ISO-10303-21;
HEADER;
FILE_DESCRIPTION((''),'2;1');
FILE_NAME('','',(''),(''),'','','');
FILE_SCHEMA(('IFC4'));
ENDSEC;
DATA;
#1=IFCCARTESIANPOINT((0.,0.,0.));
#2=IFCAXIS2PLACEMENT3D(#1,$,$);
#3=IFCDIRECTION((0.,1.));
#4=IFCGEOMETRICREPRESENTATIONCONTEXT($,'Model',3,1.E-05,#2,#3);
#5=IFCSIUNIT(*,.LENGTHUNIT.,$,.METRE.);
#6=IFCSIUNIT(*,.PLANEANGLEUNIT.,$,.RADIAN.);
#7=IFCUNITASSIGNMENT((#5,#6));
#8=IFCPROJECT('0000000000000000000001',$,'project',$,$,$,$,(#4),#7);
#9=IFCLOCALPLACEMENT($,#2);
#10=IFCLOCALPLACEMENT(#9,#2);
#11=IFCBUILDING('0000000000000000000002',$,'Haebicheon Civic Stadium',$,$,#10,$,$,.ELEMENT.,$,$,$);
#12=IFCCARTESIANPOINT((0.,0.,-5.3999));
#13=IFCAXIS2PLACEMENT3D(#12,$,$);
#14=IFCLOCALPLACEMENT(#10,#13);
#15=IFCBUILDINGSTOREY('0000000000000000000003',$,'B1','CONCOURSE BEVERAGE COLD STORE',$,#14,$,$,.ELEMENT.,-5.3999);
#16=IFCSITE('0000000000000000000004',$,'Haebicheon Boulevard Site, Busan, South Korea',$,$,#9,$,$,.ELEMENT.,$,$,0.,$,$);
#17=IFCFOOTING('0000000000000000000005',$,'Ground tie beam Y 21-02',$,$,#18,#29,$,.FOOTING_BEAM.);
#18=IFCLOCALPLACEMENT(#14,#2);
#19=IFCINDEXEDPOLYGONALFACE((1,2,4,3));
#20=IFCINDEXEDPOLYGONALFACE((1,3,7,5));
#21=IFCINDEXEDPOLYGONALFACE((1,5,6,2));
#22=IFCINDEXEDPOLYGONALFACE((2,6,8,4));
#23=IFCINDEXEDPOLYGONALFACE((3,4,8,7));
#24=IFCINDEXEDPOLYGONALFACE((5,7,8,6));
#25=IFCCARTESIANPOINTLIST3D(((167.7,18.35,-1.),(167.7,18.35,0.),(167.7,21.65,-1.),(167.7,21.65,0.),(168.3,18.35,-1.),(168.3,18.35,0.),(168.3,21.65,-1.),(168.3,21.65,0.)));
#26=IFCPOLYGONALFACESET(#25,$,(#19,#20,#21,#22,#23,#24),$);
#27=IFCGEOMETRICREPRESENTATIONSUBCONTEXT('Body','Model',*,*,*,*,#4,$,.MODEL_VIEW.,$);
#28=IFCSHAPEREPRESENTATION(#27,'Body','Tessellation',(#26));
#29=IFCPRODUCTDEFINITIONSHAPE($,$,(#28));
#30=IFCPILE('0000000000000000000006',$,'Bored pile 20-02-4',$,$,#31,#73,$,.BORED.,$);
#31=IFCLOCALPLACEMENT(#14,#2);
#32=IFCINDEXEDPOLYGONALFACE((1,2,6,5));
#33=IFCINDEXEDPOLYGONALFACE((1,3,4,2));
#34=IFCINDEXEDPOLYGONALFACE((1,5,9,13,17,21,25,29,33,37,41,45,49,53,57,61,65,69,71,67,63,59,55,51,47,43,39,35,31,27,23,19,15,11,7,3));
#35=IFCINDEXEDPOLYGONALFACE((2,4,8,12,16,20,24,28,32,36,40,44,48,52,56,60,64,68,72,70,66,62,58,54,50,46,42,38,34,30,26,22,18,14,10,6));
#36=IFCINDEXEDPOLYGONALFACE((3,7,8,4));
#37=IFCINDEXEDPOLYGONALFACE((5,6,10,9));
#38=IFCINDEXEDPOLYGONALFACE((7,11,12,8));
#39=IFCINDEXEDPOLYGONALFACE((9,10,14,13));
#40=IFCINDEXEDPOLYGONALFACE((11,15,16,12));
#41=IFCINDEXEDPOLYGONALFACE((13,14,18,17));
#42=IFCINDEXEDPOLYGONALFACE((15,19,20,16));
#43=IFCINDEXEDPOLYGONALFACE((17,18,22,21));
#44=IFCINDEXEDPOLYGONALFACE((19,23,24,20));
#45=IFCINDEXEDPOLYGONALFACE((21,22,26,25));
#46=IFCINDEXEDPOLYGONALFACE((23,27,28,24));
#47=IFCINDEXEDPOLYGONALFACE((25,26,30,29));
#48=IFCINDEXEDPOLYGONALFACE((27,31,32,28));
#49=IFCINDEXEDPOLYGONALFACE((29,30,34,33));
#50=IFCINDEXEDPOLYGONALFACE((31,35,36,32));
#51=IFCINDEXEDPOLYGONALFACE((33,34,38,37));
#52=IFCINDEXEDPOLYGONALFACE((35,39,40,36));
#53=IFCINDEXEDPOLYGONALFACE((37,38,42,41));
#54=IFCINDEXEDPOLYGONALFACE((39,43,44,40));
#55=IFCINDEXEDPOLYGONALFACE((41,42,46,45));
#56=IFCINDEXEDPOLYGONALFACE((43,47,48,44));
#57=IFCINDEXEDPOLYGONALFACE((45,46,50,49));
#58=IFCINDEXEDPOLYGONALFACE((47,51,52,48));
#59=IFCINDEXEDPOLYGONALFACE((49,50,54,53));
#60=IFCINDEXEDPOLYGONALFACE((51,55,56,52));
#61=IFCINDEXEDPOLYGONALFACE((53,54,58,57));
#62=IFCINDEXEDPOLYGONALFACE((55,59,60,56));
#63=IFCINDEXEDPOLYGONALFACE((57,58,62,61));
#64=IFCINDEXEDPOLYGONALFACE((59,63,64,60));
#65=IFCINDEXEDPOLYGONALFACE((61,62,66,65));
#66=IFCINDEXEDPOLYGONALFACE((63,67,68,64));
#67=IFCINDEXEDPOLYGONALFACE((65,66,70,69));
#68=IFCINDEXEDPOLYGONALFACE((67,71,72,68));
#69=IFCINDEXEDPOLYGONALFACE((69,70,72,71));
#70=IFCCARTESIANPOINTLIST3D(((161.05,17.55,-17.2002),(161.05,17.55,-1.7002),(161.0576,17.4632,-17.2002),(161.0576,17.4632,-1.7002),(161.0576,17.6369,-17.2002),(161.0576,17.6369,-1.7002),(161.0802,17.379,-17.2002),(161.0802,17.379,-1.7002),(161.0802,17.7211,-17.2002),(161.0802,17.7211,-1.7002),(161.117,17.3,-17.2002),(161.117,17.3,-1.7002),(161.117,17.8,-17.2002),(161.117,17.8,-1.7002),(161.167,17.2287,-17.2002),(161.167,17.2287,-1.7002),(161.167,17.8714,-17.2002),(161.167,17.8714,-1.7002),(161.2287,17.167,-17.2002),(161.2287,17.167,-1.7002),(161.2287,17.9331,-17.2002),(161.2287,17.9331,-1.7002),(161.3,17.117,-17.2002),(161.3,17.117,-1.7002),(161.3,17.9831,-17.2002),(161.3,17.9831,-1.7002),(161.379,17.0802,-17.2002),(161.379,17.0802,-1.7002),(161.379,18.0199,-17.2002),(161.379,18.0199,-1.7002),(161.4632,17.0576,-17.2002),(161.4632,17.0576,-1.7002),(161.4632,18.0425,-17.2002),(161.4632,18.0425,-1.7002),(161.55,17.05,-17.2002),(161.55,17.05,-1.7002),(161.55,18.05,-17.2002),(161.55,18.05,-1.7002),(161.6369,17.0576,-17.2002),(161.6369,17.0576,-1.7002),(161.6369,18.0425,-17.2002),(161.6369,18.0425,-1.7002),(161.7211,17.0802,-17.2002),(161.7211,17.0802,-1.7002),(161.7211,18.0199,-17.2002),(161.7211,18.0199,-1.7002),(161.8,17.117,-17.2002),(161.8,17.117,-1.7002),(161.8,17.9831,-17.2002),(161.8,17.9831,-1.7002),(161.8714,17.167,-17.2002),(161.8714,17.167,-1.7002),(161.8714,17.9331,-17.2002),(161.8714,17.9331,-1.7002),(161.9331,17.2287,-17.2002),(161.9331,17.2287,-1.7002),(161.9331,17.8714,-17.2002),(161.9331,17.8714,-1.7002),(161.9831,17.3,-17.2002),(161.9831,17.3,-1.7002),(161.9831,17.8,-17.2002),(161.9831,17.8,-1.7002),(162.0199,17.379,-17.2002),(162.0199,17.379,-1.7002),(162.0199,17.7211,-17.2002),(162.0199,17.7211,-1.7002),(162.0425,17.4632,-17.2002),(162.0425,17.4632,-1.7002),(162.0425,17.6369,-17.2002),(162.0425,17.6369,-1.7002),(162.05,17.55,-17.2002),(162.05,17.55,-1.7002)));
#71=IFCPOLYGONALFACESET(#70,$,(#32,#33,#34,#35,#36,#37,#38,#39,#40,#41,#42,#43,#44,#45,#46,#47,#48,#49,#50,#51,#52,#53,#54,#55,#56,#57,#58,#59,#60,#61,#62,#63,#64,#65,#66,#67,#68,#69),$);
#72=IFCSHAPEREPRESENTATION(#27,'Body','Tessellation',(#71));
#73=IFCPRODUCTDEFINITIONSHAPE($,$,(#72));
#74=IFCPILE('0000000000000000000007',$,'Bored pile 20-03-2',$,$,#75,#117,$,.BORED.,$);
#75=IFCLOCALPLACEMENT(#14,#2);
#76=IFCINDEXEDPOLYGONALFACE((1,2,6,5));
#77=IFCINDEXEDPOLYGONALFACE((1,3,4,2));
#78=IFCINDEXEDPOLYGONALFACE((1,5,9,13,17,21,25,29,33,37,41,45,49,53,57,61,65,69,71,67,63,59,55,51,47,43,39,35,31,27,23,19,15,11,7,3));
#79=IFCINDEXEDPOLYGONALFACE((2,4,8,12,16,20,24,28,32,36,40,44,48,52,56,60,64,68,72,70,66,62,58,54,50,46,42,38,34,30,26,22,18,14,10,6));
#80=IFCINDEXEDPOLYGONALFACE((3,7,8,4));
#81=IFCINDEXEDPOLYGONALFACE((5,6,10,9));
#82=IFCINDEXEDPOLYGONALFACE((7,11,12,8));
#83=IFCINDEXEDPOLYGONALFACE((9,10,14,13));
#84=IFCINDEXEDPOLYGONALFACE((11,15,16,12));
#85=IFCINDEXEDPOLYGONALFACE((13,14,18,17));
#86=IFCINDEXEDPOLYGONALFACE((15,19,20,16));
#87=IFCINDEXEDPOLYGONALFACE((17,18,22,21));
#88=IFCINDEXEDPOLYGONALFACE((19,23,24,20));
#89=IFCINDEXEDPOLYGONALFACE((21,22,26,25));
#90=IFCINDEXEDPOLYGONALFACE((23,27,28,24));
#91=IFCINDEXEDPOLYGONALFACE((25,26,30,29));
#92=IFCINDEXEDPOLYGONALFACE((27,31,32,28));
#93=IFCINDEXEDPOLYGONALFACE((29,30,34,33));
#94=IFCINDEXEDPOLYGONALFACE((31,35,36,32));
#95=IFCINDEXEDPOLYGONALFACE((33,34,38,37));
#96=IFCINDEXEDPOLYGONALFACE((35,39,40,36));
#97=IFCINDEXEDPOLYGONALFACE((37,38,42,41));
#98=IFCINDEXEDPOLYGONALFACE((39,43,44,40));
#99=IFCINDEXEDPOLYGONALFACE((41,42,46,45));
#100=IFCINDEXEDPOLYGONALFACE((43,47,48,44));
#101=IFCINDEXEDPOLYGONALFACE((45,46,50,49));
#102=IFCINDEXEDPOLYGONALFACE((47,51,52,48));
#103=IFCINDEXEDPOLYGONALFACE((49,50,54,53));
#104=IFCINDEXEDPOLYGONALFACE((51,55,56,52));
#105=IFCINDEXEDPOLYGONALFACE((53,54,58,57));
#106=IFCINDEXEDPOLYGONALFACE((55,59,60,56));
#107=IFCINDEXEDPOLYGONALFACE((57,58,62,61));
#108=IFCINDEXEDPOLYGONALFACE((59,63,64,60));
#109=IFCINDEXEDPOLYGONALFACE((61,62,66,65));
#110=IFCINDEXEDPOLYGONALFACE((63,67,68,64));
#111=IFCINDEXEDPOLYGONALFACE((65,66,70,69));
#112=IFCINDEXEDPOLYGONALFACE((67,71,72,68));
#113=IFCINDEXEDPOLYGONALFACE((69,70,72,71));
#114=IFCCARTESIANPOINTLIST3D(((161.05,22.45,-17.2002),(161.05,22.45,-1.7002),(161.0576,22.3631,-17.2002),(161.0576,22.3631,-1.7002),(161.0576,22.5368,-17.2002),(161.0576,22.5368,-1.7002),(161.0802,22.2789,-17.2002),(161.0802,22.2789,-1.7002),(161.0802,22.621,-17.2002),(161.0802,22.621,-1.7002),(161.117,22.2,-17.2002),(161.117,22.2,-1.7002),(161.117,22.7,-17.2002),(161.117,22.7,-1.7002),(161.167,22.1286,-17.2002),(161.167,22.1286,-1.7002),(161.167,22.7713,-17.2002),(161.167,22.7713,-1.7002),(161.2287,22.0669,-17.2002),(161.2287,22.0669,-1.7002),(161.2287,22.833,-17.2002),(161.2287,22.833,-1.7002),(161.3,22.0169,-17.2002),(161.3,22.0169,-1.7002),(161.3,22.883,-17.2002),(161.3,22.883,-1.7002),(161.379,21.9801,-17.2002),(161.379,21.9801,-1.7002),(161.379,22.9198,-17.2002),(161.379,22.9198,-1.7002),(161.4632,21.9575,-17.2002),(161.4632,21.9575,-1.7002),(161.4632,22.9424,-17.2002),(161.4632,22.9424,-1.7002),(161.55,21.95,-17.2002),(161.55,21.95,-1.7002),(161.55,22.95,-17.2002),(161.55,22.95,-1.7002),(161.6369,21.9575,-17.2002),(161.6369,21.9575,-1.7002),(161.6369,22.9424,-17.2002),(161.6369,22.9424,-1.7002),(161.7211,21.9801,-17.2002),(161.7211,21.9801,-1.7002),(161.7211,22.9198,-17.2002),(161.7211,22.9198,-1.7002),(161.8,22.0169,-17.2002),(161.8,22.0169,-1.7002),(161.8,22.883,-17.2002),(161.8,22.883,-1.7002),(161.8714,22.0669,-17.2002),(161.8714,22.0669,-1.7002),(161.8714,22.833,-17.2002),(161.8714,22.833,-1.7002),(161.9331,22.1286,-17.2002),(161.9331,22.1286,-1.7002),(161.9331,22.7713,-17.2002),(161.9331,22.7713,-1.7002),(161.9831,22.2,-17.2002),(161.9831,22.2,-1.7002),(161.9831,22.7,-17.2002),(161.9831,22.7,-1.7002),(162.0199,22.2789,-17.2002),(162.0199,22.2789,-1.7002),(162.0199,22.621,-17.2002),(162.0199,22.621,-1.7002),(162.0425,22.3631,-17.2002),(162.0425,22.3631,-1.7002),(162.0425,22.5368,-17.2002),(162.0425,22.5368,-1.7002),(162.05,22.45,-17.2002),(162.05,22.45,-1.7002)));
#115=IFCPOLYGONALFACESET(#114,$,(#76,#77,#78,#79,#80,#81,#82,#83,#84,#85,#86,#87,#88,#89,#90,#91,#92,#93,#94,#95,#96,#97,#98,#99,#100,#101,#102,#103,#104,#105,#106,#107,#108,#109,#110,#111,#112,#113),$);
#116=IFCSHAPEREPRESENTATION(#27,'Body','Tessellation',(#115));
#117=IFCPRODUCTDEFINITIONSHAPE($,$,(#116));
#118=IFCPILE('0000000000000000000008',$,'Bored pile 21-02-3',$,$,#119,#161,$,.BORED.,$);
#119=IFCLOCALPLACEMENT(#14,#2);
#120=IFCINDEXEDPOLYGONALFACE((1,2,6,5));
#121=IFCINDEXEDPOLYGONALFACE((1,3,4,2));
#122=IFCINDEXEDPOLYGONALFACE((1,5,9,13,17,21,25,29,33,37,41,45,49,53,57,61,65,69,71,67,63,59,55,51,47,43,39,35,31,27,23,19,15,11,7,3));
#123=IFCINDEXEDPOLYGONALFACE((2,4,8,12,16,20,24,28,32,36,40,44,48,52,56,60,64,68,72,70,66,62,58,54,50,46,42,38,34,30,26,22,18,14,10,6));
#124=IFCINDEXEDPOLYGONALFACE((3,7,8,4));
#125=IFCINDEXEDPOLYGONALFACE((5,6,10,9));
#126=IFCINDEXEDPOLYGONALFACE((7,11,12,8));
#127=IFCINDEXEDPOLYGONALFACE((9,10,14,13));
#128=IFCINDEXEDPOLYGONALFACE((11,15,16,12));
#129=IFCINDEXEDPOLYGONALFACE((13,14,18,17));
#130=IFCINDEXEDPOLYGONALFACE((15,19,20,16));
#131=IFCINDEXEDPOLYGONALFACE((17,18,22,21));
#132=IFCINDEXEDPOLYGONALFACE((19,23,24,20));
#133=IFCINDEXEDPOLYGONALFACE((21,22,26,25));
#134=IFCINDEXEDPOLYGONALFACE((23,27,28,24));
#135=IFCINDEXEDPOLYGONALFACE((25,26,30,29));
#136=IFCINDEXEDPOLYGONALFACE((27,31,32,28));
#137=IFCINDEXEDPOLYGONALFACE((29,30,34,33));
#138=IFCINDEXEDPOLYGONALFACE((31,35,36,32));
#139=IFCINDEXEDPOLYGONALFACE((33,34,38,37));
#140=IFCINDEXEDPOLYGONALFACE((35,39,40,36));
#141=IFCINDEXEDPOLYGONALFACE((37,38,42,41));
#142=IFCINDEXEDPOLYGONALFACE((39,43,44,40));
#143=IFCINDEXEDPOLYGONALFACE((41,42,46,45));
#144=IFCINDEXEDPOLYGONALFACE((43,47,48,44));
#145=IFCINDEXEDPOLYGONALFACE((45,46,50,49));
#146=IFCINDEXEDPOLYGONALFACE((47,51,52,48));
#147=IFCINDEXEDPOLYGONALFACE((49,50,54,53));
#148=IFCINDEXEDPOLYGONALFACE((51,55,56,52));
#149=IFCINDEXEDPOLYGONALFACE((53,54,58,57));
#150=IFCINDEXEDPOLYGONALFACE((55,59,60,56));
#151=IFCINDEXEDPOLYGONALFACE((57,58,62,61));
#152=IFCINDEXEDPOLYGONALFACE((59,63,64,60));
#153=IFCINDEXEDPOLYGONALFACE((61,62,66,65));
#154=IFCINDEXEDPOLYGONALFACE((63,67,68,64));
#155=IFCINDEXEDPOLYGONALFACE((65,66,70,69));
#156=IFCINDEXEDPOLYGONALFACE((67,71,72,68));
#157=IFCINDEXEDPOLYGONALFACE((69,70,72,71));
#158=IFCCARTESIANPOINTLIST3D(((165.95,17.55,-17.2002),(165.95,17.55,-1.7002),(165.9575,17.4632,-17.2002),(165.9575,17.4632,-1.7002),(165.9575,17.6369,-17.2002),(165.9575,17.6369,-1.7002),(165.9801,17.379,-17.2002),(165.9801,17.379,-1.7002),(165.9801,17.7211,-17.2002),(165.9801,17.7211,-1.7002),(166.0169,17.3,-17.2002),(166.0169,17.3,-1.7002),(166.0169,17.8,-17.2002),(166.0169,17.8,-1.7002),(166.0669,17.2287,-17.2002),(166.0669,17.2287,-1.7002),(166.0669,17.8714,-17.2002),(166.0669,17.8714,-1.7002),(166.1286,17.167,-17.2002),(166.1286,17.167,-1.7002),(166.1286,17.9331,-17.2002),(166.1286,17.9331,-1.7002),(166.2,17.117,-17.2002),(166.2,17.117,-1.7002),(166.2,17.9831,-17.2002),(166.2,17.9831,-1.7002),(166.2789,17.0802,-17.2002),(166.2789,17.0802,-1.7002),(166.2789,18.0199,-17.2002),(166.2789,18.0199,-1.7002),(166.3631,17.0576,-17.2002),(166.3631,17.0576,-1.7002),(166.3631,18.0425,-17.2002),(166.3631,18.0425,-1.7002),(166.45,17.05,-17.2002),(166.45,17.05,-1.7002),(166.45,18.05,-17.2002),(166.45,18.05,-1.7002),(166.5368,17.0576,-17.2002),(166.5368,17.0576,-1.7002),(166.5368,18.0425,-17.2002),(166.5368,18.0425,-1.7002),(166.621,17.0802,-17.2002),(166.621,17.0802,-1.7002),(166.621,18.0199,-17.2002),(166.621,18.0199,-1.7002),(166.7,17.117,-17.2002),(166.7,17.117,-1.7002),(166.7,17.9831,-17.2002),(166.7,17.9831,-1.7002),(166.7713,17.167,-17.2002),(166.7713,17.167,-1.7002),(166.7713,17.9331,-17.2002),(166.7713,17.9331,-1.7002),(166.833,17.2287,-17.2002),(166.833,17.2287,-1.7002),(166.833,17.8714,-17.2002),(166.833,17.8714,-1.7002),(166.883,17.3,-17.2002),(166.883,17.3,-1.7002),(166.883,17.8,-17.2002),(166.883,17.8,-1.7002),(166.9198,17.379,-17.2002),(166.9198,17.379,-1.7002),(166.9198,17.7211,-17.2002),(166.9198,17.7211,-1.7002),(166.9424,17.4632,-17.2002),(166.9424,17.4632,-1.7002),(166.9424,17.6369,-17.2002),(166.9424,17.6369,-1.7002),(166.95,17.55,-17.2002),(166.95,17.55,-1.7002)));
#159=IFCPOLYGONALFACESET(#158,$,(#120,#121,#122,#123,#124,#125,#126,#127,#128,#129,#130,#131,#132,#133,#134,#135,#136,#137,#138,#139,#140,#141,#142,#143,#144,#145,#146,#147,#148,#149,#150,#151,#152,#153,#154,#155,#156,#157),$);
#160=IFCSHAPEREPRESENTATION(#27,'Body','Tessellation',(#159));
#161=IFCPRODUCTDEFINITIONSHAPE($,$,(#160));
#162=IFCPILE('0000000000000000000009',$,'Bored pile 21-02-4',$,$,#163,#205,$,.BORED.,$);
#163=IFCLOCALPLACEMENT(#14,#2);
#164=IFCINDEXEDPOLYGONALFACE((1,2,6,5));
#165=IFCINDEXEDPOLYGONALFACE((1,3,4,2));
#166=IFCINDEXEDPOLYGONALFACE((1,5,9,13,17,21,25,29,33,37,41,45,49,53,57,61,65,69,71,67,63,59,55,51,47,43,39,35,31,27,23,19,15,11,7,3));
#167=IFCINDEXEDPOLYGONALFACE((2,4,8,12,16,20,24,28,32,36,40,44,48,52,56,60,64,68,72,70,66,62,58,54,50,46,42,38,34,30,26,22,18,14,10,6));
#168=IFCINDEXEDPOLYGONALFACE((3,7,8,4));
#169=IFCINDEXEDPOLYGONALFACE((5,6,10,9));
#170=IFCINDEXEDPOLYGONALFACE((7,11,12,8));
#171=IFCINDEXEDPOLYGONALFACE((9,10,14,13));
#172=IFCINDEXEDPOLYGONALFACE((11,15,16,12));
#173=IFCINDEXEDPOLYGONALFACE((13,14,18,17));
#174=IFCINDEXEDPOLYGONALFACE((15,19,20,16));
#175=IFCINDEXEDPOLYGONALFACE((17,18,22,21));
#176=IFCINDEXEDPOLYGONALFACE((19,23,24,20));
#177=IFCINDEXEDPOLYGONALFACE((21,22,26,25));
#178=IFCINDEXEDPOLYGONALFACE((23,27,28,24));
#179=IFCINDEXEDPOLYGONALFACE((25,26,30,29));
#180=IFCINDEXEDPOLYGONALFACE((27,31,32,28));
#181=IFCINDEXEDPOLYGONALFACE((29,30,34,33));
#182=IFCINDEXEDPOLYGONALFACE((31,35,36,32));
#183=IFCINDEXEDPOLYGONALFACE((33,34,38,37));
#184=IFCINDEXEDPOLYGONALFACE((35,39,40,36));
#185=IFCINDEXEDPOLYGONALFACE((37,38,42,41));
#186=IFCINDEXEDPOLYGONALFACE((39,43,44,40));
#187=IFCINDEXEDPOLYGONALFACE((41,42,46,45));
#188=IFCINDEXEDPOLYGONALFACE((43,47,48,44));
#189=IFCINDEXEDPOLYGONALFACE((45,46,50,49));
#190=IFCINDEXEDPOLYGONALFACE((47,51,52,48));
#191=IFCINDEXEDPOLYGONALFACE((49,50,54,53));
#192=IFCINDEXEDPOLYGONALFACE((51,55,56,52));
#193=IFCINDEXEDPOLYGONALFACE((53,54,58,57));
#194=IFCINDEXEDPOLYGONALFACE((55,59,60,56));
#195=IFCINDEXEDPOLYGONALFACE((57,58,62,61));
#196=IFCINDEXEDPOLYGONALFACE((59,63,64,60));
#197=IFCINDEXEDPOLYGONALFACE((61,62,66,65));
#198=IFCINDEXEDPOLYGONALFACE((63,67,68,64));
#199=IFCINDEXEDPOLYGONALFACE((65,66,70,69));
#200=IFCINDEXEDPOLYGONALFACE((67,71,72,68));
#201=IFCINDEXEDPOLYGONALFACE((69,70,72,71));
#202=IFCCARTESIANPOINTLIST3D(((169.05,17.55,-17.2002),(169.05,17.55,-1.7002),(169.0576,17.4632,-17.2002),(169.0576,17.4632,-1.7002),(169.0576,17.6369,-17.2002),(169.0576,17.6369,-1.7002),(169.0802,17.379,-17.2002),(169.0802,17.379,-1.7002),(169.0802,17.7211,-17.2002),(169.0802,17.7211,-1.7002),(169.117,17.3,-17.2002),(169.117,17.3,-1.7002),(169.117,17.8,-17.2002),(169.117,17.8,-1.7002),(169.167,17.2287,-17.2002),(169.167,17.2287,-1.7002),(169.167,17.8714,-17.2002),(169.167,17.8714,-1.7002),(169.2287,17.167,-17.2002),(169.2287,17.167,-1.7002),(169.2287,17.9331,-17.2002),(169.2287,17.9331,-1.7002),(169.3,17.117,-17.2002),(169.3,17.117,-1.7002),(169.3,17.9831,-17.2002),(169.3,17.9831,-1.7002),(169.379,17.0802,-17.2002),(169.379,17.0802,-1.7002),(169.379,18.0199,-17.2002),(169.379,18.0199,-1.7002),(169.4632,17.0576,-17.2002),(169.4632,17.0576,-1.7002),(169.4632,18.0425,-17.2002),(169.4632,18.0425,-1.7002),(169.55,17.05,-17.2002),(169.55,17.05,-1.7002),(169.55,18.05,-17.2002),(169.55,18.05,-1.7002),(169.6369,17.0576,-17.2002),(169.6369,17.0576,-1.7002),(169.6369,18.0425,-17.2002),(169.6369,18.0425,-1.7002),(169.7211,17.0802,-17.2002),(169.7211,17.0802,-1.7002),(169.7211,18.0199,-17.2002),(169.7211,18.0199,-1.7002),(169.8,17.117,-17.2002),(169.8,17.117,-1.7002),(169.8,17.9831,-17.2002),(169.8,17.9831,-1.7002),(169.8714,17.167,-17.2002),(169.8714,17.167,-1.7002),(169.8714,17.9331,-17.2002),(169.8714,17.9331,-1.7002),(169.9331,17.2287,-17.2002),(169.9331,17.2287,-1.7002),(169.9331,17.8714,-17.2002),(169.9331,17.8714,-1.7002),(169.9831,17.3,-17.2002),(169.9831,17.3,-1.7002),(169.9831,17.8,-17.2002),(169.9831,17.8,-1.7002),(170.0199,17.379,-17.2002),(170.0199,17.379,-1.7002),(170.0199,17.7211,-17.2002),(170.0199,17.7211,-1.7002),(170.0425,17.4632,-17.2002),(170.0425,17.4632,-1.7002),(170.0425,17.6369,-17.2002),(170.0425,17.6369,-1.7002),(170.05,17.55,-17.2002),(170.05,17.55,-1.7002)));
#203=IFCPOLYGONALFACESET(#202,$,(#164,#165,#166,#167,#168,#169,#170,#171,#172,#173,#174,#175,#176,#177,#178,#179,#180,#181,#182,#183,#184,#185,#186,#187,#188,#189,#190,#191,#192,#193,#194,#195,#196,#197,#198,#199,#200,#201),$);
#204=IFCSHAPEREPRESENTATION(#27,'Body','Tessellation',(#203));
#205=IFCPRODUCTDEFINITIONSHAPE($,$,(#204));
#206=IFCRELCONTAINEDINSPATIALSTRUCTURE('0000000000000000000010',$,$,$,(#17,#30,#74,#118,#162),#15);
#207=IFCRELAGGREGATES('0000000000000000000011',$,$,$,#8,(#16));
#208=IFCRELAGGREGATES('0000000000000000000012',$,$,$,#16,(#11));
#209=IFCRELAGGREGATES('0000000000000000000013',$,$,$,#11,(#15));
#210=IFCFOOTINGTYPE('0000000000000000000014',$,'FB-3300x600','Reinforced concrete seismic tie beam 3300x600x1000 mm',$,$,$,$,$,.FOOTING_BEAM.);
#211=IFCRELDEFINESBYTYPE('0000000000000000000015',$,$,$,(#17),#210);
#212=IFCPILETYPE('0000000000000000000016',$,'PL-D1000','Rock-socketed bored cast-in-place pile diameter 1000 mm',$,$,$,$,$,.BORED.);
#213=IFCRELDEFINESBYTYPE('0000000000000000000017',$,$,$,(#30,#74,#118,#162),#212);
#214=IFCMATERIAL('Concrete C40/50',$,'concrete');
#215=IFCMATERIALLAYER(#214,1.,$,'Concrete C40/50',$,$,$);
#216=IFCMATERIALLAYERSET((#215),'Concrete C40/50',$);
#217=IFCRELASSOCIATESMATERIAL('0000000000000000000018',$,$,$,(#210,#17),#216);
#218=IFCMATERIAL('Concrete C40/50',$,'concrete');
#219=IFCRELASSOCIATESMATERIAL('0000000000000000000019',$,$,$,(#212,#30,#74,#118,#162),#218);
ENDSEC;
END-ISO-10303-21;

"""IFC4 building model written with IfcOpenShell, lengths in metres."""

from ifc_helpers import new_model, si_unit, direction, frame, origin, origin_2d, place, context, subcontext, project, spatial, rectangle, circle, extrude, material, layer, layer_set, material_profile, profile_set, type_object, element, save


model = new_model("IFC4")

# Units and contexts
model_context = context("Model", 3, precision=1e-05, world=origin(), true_north=direction((0.0, 1.0)))
body_context = subcontext(model_context, "Body", "Model", "MODEL_VIEW")
ifc_project = project(units=[si_unit("LENGTHUNIT", "METRE"), si_unit("PLANEANGLEUNIT", "RADIAN")], contexts=[model_context])

# Site, building, storey
site_placement = place(None, origin())
site = spatial("IfcSite", under=ifc_project, at=site_placement, Name="Haebicheon Boulevard Site, Busan, South Korea", CompositionType="ELEMENT", RefElevation=0.0)
building_placement = place(site_placement, origin())
building = spatial("IfcBuilding", under=site, at=building_placement, Name="Haebicheon Civic Stadium", CompositionType="ELEMENT")
storey_placement = place(building_placement, frame((0.0, 0.0, -5.3999)))
storey = spatial("IfcBuildingStorey", under=building, at=storey_placement, Name="B1", Description="CONCOURSE BEVERAGE COLD STORE", CompositionType="ELEMENT", Elevation=-5.3999)

# Footing
ifc_material_1 = material(Name="Concrete C40/50", Category="concrete")
ifc_layer_1 = layer(ifc_material_1, 1.0, Name="Concrete C40/50")
ifc_layer_set_1 = layer_set([ifc_layer_1], Name="Concrete C40/50")
footing_type = type_object("IfcFootingType", Name="FB-3300x600", Description="Reinforced concrete seismic tie beam 3300x600x1000 mm", PredefinedType="FOOTING_BEAM", material=ifc_layer_set_1)
footing_placement = place(storey_placement, frame((168.0, 20.0, -1.0), z_axis=(0.0, 0.0, 1.0), x_axis=(0.0, 1.0, 0.0)))
element("IfcFooting", 1, at=footing_placement, inside=storey, type_object=footing_type, material=ifc_layer_set_1, Name="Ground tie beam Y 21-02", PredefinedType="FOOTING_BEAM", context=body_context, shape_type="SweptSolid", body=[
    extrude(rectangle(XDim=3.3, YDim=0.6001, at=origin_2d()), origin(), (0.0, 0.0, 1.0), 1.0),
])

# Piles
ifc_material_2 = material(Name="Concrete C40/50", Category="concrete")
ifc_material_profile_1 = material_profile(ifc_material_2, circle(Radius=0.5, at=origin_2d()), Name="PILE-D1000")
ifc_profile_set_1 = profile_set([ifc_material_profile_1], Name="Concrete C40/50")
pile_type = type_object("IfcPileType", Name="PL-D1000", Description="Rock-socketed bored cast-in-place pile diameter 1000 mm", PredefinedType="BORED", material=ifc_profile_set_1)
for number, where, z_axis, x_axis, name in (
    (2, (161.55, 17.55, -1.7002), (0.0, 0.0, -1.0), (1.0, 0.0, 0.0), "Bored pile 20-02-4"),
    (3, (161.55, 22.45, -1.7002), (0.0, 0.0, -1.0), (1.0, 0.0, 0.0), "Bored pile 20-03-2"),
    (4, (166.45, 17.55, -1.7002), (0.0, 0.0, -1.0), (1.0, 0.0, 0.0), "Bored pile 21-02-3"),
    (5, (169.55, 17.55, -1.7002), (0.0, 0.0, -1.0), (1.0, 0.0, 0.0), "Bored pile 21-02-4"),
):
    element("IfcPile", number, at=place(storey_placement, frame(where, z_axis=z_axis, x_axis=x_axis)), inside=storey, type_object=pile_type, material=ifc_profile_set_1, Name=name, PredefinedType="BORED", context=body_context, shape_type="SweptSolid", body=[
        extrude(circle(Radius=0.5, at=origin_2d()), origin(), (0.0, 0.0, 1.0), 15.5),
    ])

save(model, "model.ifc")
